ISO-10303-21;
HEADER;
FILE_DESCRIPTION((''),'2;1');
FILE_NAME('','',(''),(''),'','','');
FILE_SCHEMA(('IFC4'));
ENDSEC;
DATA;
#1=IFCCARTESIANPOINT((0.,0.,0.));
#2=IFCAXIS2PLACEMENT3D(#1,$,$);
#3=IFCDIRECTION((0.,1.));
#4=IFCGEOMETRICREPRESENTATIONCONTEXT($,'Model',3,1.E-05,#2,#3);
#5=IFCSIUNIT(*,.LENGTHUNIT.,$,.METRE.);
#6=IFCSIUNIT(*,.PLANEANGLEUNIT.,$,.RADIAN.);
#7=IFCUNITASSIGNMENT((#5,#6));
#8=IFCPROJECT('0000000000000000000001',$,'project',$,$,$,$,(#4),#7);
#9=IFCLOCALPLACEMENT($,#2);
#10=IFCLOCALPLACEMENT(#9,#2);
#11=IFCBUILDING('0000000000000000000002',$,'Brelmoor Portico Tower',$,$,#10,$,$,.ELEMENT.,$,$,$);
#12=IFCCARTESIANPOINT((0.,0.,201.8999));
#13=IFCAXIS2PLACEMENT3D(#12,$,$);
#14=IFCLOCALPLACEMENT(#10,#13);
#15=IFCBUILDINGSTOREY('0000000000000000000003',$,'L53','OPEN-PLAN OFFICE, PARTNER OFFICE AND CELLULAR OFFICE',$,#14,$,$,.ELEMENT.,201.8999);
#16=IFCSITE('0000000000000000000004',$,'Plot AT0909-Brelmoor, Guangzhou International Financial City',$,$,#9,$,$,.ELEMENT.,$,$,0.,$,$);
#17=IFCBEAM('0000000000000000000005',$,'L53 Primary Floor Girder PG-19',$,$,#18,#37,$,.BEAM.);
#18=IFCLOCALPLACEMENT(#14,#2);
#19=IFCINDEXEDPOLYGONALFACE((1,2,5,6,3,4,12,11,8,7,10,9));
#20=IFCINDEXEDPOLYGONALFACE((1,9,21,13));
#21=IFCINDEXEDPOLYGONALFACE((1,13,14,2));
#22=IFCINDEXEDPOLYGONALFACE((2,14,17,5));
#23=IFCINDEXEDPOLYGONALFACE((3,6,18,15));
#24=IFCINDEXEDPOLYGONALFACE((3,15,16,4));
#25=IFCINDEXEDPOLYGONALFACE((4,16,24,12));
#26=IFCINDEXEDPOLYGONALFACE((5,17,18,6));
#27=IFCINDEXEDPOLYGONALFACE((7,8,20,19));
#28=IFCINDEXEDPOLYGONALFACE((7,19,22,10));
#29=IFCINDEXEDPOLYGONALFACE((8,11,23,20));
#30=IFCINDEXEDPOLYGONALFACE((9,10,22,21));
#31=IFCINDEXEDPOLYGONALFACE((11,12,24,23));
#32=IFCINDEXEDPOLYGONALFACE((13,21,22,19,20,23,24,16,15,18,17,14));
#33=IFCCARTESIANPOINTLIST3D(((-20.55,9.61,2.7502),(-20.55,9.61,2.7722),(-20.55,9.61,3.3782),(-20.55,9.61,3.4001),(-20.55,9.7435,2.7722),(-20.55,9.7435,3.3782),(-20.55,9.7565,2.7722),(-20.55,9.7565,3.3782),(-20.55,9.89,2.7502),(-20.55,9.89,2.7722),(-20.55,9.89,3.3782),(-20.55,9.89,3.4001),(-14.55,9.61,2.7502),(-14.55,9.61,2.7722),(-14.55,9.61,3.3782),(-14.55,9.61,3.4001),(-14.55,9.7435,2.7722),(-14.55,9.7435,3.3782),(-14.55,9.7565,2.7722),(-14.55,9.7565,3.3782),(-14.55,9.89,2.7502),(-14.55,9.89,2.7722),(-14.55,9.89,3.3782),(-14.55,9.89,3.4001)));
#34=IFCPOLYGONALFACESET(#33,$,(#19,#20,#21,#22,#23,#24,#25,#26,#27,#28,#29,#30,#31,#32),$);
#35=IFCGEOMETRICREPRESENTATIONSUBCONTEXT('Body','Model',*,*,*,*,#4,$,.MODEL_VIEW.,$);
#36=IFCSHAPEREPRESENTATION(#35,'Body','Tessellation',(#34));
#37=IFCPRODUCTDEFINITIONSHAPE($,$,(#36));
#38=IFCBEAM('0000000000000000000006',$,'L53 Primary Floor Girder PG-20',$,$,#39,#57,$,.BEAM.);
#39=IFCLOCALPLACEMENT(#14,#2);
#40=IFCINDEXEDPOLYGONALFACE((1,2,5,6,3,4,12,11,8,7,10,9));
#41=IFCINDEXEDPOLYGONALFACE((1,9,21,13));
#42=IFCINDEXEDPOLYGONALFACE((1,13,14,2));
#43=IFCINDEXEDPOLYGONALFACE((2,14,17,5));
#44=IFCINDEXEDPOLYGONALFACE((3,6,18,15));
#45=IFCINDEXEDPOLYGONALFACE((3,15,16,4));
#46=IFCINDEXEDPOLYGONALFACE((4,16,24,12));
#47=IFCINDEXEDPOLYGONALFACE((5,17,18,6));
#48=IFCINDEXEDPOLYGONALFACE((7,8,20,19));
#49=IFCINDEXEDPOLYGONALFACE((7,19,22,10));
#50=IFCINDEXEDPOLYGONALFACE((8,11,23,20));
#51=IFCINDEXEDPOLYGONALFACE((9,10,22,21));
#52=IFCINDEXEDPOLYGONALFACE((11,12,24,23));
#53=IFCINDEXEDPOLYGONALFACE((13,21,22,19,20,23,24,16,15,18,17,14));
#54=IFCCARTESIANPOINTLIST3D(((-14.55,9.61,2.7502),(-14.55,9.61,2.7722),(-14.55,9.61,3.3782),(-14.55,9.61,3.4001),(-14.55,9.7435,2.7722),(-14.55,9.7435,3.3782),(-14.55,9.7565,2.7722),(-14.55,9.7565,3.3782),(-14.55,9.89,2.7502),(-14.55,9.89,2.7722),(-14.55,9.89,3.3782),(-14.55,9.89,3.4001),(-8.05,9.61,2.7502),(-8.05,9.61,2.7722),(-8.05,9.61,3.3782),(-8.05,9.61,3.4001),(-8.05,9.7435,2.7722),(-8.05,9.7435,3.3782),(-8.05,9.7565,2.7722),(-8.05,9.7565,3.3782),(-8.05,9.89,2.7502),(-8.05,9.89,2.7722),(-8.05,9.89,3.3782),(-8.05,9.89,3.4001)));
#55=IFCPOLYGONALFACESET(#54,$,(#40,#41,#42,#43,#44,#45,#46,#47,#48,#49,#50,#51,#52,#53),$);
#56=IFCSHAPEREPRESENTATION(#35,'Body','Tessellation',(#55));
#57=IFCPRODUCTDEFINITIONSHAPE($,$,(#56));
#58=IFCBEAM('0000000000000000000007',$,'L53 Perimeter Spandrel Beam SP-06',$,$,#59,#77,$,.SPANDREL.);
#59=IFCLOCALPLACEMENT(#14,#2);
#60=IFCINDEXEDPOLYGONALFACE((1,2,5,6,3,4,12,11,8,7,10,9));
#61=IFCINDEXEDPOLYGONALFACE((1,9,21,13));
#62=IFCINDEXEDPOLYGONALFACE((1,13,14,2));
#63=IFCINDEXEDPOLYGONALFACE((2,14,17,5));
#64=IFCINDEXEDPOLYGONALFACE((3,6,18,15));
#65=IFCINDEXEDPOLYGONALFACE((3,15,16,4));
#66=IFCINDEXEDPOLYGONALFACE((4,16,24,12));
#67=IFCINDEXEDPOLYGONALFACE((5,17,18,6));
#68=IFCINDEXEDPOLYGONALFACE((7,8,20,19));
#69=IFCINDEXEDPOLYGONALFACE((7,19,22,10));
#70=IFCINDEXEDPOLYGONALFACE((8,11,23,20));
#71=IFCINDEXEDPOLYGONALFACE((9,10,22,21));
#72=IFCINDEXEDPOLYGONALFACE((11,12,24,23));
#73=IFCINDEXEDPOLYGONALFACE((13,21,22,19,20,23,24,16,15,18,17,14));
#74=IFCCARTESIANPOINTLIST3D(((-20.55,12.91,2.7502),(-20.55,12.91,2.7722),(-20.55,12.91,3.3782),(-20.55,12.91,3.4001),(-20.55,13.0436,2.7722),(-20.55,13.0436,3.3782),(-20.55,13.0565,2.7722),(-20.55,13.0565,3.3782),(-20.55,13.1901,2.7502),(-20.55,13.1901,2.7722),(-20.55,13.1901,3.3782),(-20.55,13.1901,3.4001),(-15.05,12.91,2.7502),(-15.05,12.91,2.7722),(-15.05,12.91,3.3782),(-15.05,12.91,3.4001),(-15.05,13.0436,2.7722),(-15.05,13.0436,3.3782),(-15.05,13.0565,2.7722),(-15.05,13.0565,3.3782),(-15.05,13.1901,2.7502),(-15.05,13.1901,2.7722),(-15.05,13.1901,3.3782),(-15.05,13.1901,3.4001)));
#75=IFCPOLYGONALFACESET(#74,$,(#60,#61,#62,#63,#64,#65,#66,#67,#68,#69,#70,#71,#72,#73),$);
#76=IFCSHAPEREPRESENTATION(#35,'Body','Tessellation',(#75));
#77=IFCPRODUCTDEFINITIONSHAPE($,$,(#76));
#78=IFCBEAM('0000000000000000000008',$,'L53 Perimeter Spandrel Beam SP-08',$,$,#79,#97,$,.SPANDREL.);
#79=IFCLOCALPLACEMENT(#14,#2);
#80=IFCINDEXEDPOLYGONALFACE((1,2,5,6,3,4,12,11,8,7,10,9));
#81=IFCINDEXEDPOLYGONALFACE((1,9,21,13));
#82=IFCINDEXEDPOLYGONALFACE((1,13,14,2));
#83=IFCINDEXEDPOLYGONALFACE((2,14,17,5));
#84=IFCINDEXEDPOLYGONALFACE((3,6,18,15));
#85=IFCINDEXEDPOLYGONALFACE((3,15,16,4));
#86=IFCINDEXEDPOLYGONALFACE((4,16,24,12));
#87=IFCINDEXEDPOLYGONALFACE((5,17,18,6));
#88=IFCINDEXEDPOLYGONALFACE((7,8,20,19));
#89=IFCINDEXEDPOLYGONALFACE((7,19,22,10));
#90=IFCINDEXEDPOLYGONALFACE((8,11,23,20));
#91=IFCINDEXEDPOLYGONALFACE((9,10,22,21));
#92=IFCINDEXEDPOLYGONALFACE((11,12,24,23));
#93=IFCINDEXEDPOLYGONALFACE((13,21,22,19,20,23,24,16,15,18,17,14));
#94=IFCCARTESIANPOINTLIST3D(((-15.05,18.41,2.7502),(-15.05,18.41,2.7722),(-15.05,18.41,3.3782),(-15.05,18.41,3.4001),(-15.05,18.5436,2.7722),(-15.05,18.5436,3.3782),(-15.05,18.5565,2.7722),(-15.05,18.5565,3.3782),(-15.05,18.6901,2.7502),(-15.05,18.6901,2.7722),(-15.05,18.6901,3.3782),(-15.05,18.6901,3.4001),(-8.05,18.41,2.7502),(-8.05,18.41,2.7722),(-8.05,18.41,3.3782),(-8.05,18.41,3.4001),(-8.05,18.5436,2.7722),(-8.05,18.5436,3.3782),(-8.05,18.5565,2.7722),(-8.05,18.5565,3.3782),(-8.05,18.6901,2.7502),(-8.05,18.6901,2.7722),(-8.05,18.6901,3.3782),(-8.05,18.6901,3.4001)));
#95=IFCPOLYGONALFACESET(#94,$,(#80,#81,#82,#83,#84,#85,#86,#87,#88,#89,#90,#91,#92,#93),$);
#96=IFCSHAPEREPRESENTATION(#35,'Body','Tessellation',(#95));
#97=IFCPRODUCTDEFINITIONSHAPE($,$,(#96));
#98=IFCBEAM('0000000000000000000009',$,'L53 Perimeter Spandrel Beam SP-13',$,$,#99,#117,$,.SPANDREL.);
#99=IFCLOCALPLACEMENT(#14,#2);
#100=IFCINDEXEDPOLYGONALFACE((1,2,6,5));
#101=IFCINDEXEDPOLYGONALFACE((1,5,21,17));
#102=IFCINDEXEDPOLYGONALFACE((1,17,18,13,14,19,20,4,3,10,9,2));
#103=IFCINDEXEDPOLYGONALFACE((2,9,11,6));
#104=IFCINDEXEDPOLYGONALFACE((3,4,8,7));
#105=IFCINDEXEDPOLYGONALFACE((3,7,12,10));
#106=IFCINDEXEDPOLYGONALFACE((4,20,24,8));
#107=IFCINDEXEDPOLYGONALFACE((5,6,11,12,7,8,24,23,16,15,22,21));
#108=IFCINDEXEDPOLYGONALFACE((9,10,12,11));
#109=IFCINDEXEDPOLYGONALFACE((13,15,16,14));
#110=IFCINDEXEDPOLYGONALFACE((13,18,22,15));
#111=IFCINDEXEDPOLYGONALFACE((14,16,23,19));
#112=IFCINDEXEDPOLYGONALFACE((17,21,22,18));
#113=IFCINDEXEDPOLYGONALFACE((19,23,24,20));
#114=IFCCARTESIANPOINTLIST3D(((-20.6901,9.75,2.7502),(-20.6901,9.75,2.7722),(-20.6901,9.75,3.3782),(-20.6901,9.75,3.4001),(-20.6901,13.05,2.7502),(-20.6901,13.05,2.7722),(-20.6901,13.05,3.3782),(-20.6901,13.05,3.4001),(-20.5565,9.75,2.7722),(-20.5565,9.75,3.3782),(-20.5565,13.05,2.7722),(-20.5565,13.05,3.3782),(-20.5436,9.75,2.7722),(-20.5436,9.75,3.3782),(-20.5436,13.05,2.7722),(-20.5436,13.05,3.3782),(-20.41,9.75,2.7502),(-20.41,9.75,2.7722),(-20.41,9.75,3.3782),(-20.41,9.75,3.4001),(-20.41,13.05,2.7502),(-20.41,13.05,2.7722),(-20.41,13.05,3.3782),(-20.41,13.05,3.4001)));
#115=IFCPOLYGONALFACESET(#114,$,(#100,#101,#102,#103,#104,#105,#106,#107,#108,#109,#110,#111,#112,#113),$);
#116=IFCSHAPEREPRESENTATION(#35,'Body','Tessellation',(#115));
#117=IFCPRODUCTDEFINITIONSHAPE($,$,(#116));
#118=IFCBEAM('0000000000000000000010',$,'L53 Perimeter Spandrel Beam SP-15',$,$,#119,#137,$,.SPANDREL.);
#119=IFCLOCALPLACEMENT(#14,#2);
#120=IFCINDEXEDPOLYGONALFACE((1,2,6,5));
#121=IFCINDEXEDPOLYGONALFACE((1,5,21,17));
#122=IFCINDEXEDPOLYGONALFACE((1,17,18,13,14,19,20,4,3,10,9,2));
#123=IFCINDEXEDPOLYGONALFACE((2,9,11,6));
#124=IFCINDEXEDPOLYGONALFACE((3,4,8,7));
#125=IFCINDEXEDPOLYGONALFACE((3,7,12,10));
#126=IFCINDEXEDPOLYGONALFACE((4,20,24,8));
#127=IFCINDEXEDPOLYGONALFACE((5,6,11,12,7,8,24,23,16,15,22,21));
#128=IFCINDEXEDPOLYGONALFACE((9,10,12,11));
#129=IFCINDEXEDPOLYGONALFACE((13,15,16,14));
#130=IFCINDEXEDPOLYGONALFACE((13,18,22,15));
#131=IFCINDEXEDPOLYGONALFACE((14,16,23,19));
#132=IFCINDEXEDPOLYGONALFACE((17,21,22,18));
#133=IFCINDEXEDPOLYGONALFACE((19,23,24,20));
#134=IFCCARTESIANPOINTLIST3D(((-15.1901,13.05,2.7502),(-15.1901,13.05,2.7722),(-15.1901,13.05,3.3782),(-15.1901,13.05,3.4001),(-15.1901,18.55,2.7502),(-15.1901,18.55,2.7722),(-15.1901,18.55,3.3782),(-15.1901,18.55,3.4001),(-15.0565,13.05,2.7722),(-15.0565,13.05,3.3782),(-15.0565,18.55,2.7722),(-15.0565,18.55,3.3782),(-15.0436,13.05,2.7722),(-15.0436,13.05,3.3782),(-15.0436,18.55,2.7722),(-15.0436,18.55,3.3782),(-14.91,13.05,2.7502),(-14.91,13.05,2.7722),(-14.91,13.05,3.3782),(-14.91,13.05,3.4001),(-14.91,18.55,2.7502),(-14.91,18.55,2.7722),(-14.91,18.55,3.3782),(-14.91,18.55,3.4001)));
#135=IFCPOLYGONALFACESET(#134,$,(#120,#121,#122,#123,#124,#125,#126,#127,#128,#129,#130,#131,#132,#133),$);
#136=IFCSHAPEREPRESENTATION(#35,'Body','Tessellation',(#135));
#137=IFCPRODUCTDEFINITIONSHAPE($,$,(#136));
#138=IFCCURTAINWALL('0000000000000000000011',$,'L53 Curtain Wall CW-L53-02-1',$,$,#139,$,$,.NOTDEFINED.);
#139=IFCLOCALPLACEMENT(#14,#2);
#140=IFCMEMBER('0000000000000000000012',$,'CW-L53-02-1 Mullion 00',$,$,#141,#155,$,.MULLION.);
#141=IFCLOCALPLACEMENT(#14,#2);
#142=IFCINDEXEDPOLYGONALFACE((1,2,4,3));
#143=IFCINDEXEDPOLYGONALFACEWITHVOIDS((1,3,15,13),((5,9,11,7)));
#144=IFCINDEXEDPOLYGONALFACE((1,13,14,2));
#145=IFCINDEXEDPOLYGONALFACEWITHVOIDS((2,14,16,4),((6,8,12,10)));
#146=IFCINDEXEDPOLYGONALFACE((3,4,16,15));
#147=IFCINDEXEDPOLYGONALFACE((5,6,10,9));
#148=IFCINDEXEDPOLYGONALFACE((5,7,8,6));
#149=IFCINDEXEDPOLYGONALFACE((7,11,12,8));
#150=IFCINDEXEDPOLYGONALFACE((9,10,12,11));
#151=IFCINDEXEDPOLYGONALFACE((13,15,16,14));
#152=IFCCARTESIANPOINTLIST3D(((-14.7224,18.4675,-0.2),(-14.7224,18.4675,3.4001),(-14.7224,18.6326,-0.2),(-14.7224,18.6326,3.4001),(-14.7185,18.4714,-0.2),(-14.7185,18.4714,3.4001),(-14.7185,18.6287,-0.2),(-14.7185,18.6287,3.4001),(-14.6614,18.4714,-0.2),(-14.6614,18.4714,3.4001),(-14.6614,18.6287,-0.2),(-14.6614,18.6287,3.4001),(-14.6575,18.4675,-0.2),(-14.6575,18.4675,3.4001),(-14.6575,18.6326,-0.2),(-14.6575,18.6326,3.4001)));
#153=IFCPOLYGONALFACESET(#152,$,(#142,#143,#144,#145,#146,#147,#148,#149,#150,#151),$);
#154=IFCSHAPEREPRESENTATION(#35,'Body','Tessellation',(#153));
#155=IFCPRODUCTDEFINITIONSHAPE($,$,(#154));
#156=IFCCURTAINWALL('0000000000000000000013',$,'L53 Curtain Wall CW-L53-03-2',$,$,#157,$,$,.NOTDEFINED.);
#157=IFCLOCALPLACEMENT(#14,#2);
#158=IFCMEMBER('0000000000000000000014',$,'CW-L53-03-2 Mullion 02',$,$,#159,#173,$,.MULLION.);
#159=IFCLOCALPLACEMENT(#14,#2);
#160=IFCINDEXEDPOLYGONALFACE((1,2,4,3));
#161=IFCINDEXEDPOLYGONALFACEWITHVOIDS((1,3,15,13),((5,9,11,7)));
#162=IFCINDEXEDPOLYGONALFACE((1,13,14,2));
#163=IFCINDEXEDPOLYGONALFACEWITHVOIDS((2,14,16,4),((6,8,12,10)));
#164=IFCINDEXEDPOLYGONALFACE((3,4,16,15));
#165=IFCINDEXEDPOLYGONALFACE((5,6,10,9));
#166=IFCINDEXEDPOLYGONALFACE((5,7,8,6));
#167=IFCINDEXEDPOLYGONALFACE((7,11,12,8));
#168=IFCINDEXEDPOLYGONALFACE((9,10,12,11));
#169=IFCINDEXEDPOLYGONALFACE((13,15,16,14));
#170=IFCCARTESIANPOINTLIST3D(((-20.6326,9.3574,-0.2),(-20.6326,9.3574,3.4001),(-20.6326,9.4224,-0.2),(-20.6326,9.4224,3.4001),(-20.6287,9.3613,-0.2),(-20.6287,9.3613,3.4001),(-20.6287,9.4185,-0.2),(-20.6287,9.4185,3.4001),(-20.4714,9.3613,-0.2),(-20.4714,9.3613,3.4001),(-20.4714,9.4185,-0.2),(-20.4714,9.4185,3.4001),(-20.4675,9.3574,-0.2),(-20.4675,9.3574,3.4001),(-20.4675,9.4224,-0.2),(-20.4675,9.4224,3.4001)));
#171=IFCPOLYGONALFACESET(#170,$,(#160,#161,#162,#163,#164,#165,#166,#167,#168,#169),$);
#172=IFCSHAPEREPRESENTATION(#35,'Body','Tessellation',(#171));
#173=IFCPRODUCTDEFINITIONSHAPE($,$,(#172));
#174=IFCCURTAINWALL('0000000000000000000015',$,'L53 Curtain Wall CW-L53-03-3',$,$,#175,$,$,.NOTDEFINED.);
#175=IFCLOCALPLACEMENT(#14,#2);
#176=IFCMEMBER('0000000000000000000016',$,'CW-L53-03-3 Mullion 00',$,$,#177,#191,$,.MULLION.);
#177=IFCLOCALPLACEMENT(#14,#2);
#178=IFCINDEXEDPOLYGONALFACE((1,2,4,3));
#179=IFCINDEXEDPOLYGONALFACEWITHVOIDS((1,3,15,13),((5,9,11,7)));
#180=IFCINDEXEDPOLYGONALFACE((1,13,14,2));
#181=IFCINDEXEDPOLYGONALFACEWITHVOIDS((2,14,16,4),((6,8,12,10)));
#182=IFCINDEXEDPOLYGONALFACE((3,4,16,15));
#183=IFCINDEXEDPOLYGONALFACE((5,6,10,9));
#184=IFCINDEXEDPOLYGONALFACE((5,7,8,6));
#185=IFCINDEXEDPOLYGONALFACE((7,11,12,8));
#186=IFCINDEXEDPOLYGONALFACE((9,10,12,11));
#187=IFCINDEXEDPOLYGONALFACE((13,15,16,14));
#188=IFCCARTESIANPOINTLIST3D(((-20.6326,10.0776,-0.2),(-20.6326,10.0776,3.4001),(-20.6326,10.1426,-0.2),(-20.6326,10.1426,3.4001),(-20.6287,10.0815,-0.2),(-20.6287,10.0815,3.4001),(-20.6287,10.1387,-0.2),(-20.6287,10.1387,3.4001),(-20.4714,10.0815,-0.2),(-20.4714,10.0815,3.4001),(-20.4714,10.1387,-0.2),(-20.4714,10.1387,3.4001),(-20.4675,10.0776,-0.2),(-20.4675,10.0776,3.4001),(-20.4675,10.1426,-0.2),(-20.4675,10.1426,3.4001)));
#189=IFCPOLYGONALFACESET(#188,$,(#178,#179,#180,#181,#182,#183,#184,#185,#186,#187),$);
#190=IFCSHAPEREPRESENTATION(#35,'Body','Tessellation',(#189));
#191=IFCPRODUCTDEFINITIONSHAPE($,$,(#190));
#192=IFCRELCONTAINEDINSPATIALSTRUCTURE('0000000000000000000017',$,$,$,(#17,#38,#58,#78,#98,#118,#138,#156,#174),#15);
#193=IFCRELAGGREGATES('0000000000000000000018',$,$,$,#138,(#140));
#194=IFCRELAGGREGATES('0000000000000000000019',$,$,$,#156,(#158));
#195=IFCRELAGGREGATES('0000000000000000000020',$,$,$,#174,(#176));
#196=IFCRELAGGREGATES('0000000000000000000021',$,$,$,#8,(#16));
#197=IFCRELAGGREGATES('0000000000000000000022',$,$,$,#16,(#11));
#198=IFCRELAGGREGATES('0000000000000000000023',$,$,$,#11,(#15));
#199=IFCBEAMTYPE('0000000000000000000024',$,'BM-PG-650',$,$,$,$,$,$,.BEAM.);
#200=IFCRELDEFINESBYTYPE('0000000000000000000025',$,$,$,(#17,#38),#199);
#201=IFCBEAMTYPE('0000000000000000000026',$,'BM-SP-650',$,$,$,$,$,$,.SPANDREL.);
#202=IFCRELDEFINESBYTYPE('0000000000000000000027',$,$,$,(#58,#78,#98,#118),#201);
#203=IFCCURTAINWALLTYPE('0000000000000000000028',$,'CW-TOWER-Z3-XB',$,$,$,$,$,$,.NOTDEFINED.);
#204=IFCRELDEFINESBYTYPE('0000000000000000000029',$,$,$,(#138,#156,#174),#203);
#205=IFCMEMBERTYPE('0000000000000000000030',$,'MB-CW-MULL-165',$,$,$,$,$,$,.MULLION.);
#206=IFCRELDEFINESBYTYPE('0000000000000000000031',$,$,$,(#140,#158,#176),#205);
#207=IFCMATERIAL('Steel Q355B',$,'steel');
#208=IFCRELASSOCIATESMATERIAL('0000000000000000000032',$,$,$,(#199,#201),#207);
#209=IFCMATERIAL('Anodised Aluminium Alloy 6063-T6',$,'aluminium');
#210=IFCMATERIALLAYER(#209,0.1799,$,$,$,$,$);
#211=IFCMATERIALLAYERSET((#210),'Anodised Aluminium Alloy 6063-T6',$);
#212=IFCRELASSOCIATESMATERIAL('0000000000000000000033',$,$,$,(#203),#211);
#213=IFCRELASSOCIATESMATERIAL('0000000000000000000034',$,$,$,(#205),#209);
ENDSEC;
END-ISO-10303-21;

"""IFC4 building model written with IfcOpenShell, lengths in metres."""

from ifc_helpers import new_model, si_unit, direction, frame, origin, origin_2d, place, context, subcontext, project, spatial, hollow_rectangle, i_section, extrude, material, layer, layer_set, material_profile, profile_set, type_object, element, aggregate, save


model = new_model("IFC4")

# Units and contexts
model_context = context("Model", 3, precision=1e-05, world=origin(), true_north=direction((0.0, 1.0)))
body_context = subcontext(model_context, "Body", "Model", "MODEL_VIEW")
ifc_project = project(units=[si_unit("LENGTHUNIT", "METRE"), si_unit("PLANEANGLEUNIT", "RADIAN")], contexts=[model_context])

# Site, building, storey
site_placement = place(None, origin())
site = spatial("IfcSite", under=ifc_project, at=site_placement, Name="Plot AT0909-Brelmoor, Guangzhou International Financial City", CompositionType="ELEMENT", RefElevation=0.0)
building_placement = place(site_placement, origin())
building = spatial("IfcBuilding", under=site, at=building_placement, Name="Brelmoor Portico Tower", CompositionType="ELEMENT")
storey_placement = place(building_placement, frame((0.0, 0.0, 201.8999)))
storey = spatial("IfcBuildingStorey", under=building, at=storey_placement, Name="L53", Description="OPEN-PLAN OFFICE, PARTNER OFFICE AND CELLULAR OFFICE", CompositionType="ELEMENT", Elevation=201.8999)

# Shared definitions
ifc_material_1 = material(Name="Steel Q355B", Category="steel")

# Beams
ifc_material_profile_1 = material_profile(ifc_material_1, i_section(OverallWidth=0.28, OverallDepth=0.6499, WebThickness=0.0129, FlangeThickness=0.022, at=origin_2d()), Name="HN 650x280x13x22")
ifc_profile_set_1 = profile_set([ifc_material_profile_1], Name="Steel Q355B")
beam_type_1 = type_object("IfcBeamType", Name="BM-PG-650", PredefinedType="BEAM", material=ifc_profile_set_1)
beam_1_placement = place(storey_placement, frame((-20.55, 9.75, 3.0752), z_axis=(1.0, 0.0, 0.0), x_axis=(0.0, 1.0, 0.0)))
element("IfcBeam", 1, at=beam_1_placement, inside=storey, type_object=beam_type_1, Name="L53 Primary Floor Girder PG-19", PredefinedType="BEAM", context=body_context, shape_type="SweptSolid", body=[
    extrude(i_section(OverallWidth=0.28, OverallDepth=0.6499, WebThickness=0.0129, FlangeThickness=0.022, at=origin_2d()), origin(), (0.0, 0.0, 1.0), 6.0),
])
beam_2_placement = place(storey_placement, frame((-14.55, 9.75, 3.0752), z_axis=(1.0, 0.0, 0.0), x_axis=(0.0, 1.0, 0.0)))
element("IfcBeam", 2, at=beam_2_placement, inside=storey, type_object=beam_type_1, Name="L53 Primary Floor Girder PG-20", PredefinedType="BEAM", context=body_context, shape_type="SweptSolid", body=[
    extrude(i_section(OverallWidth=0.28, OverallDepth=0.6499, WebThickness=0.0129, FlangeThickness=0.022, at=origin_2d()), origin(), (0.0, 0.0, 1.0), 6.5),
])
ifc_material_profile_2 = material_profile(ifc_material_1, i_section(OverallWidth=0.28, OverallDepth=0.6499, WebThickness=0.0129, FlangeThickness=0.022, at=origin_2d()), Name="HN 650x280x13x22")
ifc_profile_set_2 = profile_set([ifc_material_profile_2], Name="Steel Q355B")
beam_type_2 = type_object("IfcBeamType", Name="BM-SP-650", PredefinedType="SPANDREL", material=ifc_profile_set_2)
beam_3_placement = place(storey_placement, frame((-20.55, 13.05, 3.0752), z_axis=(1.0, 0.0, 0.0), x_axis=(0.0, 1.0, 0.0)))
element("IfcBeam", 3, at=beam_3_placement, inside=storey, type_object=beam_type_2, Name="L53 Perimeter Spandrel Beam SP-06", PredefinedType="SPANDREL", context=body_context, shape_type="SweptSolid", body=[
    extrude(i_section(OverallWidth=0.28, OverallDepth=0.6499, WebThickness=0.0129, FlangeThickness=0.022, at=origin_2d()), origin(), (0.0, 0.0, 1.0), 5.5),
])
beam_4_placement = place(storey_placement, frame((-15.05, 18.55, 3.0752), z_axis=(1.0, 0.0, 0.0), x_axis=(0.0, 1.0, 0.0)))
element("IfcBeam", 4, at=beam_4_placement, inside=storey, type_object=beam_type_2, Name="L53 Perimeter Spandrel Beam SP-08", PredefinedType="SPANDREL", context=body_context, shape_type="SweptSolid", body=[
    extrude(i_section(OverallWidth=0.28, OverallDepth=0.6499, WebThickness=0.0129, FlangeThickness=0.022, at=origin_2d()), origin(), (0.0, 0.0, 1.0), 7.0),
])
beam_5_placement = place(storey_placement, frame((-20.55, 9.75, 3.0752), z_axis=(0.0, 1.0, 0.0), x_axis=(-1.0, 0.0, 0.0)))
element("IfcBeam", 5, at=beam_5_placement, inside=storey, type_object=beam_type_2, Name="L53 Perimeter Spandrel Beam SP-13", PredefinedType="SPANDREL", context=body_context, shape_type="SweptSolid", body=[
    extrude(i_section(OverallWidth=0.28, OverallDepth=0.6499, WebThickness=0.0129, FlangeThickness=0.022, at=origin_2d()), origin(), (0.0, 0.0, 1.0), 3.3),
])
beam_6_placement = place(storey_placement, frame((-15.05, 13.05, 3.0752), z_axis=(0.0, 1.0, 0.0), x_axis=(-1.0, 0.0, 0.0)))
element("IfcBeam", 6, at=beam_6_placement, inside=storey, type_object=beam_type_2, Name="L53 Perimeter Spandrel Beam SP-15", PredefinedType="SPANDREL", context=body_context, shape_type="SweptSolid", body=[
    extrude(i_section(OverallWidth=0.28, OverallDepth=0.6499, WebThickness=0.0129, FlangeThickness=0.022, at=origin_2d()), origin(), (0.0, 0.0, 1.0), 5.5),
])

# Curtain walls, members
ifc_material_2 = material(Name="Anodised Aluminium Alloy 6063-T6", Category="aluminium")
ifc_layer_1 = layer(ifc_material_2, 0.1799)
ifc_layer_set_1 = layer_set([ifc_layer_1], Name="Anodised Aluminium Alloy 6063-T6")
curtain_wall_type = type_object("IfcCurtainWallType", Name="CW-TOWER-Z3-XB", PredefinedType="NOTDEFINED", material=ifc_layer_set_1)
curtain_wall_1_placement = place(storey_placement, origin())
curtain_wall_1 = element("IfcCurtainWall", 7, at=curtain_wall_1_placement, inside=storey, type_object=curtain_wall_type, Name="L53 Curtain Wall CW-L53-02-1", PredefinedType="NOTDEFINED")
ifc_material_profile_3 = material_profile(ifc_material_2, hollow_rectangle(XDim=0.0649, YDim=0.165, WallThickness=0.0039, at=origin_2d()), Name="ALU MULLION 65x165")
ifc_profile_set_3 = profile_set([ifc_material_profile_3], Name="Anodised Aluminium Alloy 6063-T6")
member_type_1 = type_object("IfcMemberType", Name="MB-CW-MULL-165", PredefinedType="MULLION", material=ifc_profile_set_3)
member_1_placement = place(storey_placement, frame((-14.6899, 18.55, -0.2), z_axis=(0.0, 0.0, 1.0), x_axis=(1.0, 0.0, 0.0)))
member_1 = element("IfcMember", 8, at=member_1_placement, type_object=member_type_1, Name="CW-L53-02-1 Mullion 00", PredefinedType="MULLION", context=body_context, shape_type="SweptSolid", body=[
    extrude(hollow_rectangle(XDim=0.0649, YDim=0.165, WallThickness=0.0039, at=origin_2d()), origin(), (0.0, 0.0, 1.0), 3.6001),
])
curtain_wall_2_placement = place(storey_placement, origin())
curtain_wall_2 = element("IfcCurtainWall", 9, at=curtain_wall_2_placement, inside=storey, type_object=curtain_wall_type, Name="L53 Curtain Wall CW-L53-03-2", PredefinedType="NOTDEFINED")
member_2_placement = place(storey_placement, frame((-20.55, 9.3899, -0.2), z_axis=(0.0, 0.0, 1.0), x_axis=(0.0, 1.0, 0.0)))
member_2 = element("IfcMember", 10, at=member_2_placement, type_object=member_type_1, Name="CW-L53-03-2 Mullion 02", PredefinedType="MULLION", context=body_context, shape_type="SweptSolid", body=[
    extrude(hollow_rectangle(XDim=0.0649, YDim=0.165, WallThickness=0.0039, at=origin_2d()), origin(), (0.0, 0.0, 1.0), 3.6001),
])

# Curtain wall, member
curtain_wall_3_placement = place(storey_placement, origin())
curtain_wall_3 = element("IfcCurtainWall", 11, at=curtain_wall_3_placement, inside=storey, type_object=curtain_wall_type, Name="L53 Curtain Wall CW-L53-03-3", PredefinedType="NOTDEFINED")
member_3_placement = place(storey_placement, frame((-20.55, 10.1101, -0.2), z_axis=(0.0, 0.0, 1.0), x_axis=(0.0, 1.0, 0.0)))
member_3 = element("IfcMember", 12, at=member_3_placement, type_object=member_type_1, Name="CW-L53-03-3 Mullion 00", PredefinedType="MULLION", context=body_context, shape_type="SweptSolid", body=[
    extrude(hollow_rectangle(XDim=0.0649, YDim=0.165, WallThickness=0.0039, at=origin_2d()), origin(), (0.0, 0.0, 1.0), 3.6001),
])

aggregate(curtain_wall_1, [member_1])

aggregate(curtain_wall_2, [member_2])
aggregate(curtain_wall_3, [member_3])

save(model, "model.ifc")
